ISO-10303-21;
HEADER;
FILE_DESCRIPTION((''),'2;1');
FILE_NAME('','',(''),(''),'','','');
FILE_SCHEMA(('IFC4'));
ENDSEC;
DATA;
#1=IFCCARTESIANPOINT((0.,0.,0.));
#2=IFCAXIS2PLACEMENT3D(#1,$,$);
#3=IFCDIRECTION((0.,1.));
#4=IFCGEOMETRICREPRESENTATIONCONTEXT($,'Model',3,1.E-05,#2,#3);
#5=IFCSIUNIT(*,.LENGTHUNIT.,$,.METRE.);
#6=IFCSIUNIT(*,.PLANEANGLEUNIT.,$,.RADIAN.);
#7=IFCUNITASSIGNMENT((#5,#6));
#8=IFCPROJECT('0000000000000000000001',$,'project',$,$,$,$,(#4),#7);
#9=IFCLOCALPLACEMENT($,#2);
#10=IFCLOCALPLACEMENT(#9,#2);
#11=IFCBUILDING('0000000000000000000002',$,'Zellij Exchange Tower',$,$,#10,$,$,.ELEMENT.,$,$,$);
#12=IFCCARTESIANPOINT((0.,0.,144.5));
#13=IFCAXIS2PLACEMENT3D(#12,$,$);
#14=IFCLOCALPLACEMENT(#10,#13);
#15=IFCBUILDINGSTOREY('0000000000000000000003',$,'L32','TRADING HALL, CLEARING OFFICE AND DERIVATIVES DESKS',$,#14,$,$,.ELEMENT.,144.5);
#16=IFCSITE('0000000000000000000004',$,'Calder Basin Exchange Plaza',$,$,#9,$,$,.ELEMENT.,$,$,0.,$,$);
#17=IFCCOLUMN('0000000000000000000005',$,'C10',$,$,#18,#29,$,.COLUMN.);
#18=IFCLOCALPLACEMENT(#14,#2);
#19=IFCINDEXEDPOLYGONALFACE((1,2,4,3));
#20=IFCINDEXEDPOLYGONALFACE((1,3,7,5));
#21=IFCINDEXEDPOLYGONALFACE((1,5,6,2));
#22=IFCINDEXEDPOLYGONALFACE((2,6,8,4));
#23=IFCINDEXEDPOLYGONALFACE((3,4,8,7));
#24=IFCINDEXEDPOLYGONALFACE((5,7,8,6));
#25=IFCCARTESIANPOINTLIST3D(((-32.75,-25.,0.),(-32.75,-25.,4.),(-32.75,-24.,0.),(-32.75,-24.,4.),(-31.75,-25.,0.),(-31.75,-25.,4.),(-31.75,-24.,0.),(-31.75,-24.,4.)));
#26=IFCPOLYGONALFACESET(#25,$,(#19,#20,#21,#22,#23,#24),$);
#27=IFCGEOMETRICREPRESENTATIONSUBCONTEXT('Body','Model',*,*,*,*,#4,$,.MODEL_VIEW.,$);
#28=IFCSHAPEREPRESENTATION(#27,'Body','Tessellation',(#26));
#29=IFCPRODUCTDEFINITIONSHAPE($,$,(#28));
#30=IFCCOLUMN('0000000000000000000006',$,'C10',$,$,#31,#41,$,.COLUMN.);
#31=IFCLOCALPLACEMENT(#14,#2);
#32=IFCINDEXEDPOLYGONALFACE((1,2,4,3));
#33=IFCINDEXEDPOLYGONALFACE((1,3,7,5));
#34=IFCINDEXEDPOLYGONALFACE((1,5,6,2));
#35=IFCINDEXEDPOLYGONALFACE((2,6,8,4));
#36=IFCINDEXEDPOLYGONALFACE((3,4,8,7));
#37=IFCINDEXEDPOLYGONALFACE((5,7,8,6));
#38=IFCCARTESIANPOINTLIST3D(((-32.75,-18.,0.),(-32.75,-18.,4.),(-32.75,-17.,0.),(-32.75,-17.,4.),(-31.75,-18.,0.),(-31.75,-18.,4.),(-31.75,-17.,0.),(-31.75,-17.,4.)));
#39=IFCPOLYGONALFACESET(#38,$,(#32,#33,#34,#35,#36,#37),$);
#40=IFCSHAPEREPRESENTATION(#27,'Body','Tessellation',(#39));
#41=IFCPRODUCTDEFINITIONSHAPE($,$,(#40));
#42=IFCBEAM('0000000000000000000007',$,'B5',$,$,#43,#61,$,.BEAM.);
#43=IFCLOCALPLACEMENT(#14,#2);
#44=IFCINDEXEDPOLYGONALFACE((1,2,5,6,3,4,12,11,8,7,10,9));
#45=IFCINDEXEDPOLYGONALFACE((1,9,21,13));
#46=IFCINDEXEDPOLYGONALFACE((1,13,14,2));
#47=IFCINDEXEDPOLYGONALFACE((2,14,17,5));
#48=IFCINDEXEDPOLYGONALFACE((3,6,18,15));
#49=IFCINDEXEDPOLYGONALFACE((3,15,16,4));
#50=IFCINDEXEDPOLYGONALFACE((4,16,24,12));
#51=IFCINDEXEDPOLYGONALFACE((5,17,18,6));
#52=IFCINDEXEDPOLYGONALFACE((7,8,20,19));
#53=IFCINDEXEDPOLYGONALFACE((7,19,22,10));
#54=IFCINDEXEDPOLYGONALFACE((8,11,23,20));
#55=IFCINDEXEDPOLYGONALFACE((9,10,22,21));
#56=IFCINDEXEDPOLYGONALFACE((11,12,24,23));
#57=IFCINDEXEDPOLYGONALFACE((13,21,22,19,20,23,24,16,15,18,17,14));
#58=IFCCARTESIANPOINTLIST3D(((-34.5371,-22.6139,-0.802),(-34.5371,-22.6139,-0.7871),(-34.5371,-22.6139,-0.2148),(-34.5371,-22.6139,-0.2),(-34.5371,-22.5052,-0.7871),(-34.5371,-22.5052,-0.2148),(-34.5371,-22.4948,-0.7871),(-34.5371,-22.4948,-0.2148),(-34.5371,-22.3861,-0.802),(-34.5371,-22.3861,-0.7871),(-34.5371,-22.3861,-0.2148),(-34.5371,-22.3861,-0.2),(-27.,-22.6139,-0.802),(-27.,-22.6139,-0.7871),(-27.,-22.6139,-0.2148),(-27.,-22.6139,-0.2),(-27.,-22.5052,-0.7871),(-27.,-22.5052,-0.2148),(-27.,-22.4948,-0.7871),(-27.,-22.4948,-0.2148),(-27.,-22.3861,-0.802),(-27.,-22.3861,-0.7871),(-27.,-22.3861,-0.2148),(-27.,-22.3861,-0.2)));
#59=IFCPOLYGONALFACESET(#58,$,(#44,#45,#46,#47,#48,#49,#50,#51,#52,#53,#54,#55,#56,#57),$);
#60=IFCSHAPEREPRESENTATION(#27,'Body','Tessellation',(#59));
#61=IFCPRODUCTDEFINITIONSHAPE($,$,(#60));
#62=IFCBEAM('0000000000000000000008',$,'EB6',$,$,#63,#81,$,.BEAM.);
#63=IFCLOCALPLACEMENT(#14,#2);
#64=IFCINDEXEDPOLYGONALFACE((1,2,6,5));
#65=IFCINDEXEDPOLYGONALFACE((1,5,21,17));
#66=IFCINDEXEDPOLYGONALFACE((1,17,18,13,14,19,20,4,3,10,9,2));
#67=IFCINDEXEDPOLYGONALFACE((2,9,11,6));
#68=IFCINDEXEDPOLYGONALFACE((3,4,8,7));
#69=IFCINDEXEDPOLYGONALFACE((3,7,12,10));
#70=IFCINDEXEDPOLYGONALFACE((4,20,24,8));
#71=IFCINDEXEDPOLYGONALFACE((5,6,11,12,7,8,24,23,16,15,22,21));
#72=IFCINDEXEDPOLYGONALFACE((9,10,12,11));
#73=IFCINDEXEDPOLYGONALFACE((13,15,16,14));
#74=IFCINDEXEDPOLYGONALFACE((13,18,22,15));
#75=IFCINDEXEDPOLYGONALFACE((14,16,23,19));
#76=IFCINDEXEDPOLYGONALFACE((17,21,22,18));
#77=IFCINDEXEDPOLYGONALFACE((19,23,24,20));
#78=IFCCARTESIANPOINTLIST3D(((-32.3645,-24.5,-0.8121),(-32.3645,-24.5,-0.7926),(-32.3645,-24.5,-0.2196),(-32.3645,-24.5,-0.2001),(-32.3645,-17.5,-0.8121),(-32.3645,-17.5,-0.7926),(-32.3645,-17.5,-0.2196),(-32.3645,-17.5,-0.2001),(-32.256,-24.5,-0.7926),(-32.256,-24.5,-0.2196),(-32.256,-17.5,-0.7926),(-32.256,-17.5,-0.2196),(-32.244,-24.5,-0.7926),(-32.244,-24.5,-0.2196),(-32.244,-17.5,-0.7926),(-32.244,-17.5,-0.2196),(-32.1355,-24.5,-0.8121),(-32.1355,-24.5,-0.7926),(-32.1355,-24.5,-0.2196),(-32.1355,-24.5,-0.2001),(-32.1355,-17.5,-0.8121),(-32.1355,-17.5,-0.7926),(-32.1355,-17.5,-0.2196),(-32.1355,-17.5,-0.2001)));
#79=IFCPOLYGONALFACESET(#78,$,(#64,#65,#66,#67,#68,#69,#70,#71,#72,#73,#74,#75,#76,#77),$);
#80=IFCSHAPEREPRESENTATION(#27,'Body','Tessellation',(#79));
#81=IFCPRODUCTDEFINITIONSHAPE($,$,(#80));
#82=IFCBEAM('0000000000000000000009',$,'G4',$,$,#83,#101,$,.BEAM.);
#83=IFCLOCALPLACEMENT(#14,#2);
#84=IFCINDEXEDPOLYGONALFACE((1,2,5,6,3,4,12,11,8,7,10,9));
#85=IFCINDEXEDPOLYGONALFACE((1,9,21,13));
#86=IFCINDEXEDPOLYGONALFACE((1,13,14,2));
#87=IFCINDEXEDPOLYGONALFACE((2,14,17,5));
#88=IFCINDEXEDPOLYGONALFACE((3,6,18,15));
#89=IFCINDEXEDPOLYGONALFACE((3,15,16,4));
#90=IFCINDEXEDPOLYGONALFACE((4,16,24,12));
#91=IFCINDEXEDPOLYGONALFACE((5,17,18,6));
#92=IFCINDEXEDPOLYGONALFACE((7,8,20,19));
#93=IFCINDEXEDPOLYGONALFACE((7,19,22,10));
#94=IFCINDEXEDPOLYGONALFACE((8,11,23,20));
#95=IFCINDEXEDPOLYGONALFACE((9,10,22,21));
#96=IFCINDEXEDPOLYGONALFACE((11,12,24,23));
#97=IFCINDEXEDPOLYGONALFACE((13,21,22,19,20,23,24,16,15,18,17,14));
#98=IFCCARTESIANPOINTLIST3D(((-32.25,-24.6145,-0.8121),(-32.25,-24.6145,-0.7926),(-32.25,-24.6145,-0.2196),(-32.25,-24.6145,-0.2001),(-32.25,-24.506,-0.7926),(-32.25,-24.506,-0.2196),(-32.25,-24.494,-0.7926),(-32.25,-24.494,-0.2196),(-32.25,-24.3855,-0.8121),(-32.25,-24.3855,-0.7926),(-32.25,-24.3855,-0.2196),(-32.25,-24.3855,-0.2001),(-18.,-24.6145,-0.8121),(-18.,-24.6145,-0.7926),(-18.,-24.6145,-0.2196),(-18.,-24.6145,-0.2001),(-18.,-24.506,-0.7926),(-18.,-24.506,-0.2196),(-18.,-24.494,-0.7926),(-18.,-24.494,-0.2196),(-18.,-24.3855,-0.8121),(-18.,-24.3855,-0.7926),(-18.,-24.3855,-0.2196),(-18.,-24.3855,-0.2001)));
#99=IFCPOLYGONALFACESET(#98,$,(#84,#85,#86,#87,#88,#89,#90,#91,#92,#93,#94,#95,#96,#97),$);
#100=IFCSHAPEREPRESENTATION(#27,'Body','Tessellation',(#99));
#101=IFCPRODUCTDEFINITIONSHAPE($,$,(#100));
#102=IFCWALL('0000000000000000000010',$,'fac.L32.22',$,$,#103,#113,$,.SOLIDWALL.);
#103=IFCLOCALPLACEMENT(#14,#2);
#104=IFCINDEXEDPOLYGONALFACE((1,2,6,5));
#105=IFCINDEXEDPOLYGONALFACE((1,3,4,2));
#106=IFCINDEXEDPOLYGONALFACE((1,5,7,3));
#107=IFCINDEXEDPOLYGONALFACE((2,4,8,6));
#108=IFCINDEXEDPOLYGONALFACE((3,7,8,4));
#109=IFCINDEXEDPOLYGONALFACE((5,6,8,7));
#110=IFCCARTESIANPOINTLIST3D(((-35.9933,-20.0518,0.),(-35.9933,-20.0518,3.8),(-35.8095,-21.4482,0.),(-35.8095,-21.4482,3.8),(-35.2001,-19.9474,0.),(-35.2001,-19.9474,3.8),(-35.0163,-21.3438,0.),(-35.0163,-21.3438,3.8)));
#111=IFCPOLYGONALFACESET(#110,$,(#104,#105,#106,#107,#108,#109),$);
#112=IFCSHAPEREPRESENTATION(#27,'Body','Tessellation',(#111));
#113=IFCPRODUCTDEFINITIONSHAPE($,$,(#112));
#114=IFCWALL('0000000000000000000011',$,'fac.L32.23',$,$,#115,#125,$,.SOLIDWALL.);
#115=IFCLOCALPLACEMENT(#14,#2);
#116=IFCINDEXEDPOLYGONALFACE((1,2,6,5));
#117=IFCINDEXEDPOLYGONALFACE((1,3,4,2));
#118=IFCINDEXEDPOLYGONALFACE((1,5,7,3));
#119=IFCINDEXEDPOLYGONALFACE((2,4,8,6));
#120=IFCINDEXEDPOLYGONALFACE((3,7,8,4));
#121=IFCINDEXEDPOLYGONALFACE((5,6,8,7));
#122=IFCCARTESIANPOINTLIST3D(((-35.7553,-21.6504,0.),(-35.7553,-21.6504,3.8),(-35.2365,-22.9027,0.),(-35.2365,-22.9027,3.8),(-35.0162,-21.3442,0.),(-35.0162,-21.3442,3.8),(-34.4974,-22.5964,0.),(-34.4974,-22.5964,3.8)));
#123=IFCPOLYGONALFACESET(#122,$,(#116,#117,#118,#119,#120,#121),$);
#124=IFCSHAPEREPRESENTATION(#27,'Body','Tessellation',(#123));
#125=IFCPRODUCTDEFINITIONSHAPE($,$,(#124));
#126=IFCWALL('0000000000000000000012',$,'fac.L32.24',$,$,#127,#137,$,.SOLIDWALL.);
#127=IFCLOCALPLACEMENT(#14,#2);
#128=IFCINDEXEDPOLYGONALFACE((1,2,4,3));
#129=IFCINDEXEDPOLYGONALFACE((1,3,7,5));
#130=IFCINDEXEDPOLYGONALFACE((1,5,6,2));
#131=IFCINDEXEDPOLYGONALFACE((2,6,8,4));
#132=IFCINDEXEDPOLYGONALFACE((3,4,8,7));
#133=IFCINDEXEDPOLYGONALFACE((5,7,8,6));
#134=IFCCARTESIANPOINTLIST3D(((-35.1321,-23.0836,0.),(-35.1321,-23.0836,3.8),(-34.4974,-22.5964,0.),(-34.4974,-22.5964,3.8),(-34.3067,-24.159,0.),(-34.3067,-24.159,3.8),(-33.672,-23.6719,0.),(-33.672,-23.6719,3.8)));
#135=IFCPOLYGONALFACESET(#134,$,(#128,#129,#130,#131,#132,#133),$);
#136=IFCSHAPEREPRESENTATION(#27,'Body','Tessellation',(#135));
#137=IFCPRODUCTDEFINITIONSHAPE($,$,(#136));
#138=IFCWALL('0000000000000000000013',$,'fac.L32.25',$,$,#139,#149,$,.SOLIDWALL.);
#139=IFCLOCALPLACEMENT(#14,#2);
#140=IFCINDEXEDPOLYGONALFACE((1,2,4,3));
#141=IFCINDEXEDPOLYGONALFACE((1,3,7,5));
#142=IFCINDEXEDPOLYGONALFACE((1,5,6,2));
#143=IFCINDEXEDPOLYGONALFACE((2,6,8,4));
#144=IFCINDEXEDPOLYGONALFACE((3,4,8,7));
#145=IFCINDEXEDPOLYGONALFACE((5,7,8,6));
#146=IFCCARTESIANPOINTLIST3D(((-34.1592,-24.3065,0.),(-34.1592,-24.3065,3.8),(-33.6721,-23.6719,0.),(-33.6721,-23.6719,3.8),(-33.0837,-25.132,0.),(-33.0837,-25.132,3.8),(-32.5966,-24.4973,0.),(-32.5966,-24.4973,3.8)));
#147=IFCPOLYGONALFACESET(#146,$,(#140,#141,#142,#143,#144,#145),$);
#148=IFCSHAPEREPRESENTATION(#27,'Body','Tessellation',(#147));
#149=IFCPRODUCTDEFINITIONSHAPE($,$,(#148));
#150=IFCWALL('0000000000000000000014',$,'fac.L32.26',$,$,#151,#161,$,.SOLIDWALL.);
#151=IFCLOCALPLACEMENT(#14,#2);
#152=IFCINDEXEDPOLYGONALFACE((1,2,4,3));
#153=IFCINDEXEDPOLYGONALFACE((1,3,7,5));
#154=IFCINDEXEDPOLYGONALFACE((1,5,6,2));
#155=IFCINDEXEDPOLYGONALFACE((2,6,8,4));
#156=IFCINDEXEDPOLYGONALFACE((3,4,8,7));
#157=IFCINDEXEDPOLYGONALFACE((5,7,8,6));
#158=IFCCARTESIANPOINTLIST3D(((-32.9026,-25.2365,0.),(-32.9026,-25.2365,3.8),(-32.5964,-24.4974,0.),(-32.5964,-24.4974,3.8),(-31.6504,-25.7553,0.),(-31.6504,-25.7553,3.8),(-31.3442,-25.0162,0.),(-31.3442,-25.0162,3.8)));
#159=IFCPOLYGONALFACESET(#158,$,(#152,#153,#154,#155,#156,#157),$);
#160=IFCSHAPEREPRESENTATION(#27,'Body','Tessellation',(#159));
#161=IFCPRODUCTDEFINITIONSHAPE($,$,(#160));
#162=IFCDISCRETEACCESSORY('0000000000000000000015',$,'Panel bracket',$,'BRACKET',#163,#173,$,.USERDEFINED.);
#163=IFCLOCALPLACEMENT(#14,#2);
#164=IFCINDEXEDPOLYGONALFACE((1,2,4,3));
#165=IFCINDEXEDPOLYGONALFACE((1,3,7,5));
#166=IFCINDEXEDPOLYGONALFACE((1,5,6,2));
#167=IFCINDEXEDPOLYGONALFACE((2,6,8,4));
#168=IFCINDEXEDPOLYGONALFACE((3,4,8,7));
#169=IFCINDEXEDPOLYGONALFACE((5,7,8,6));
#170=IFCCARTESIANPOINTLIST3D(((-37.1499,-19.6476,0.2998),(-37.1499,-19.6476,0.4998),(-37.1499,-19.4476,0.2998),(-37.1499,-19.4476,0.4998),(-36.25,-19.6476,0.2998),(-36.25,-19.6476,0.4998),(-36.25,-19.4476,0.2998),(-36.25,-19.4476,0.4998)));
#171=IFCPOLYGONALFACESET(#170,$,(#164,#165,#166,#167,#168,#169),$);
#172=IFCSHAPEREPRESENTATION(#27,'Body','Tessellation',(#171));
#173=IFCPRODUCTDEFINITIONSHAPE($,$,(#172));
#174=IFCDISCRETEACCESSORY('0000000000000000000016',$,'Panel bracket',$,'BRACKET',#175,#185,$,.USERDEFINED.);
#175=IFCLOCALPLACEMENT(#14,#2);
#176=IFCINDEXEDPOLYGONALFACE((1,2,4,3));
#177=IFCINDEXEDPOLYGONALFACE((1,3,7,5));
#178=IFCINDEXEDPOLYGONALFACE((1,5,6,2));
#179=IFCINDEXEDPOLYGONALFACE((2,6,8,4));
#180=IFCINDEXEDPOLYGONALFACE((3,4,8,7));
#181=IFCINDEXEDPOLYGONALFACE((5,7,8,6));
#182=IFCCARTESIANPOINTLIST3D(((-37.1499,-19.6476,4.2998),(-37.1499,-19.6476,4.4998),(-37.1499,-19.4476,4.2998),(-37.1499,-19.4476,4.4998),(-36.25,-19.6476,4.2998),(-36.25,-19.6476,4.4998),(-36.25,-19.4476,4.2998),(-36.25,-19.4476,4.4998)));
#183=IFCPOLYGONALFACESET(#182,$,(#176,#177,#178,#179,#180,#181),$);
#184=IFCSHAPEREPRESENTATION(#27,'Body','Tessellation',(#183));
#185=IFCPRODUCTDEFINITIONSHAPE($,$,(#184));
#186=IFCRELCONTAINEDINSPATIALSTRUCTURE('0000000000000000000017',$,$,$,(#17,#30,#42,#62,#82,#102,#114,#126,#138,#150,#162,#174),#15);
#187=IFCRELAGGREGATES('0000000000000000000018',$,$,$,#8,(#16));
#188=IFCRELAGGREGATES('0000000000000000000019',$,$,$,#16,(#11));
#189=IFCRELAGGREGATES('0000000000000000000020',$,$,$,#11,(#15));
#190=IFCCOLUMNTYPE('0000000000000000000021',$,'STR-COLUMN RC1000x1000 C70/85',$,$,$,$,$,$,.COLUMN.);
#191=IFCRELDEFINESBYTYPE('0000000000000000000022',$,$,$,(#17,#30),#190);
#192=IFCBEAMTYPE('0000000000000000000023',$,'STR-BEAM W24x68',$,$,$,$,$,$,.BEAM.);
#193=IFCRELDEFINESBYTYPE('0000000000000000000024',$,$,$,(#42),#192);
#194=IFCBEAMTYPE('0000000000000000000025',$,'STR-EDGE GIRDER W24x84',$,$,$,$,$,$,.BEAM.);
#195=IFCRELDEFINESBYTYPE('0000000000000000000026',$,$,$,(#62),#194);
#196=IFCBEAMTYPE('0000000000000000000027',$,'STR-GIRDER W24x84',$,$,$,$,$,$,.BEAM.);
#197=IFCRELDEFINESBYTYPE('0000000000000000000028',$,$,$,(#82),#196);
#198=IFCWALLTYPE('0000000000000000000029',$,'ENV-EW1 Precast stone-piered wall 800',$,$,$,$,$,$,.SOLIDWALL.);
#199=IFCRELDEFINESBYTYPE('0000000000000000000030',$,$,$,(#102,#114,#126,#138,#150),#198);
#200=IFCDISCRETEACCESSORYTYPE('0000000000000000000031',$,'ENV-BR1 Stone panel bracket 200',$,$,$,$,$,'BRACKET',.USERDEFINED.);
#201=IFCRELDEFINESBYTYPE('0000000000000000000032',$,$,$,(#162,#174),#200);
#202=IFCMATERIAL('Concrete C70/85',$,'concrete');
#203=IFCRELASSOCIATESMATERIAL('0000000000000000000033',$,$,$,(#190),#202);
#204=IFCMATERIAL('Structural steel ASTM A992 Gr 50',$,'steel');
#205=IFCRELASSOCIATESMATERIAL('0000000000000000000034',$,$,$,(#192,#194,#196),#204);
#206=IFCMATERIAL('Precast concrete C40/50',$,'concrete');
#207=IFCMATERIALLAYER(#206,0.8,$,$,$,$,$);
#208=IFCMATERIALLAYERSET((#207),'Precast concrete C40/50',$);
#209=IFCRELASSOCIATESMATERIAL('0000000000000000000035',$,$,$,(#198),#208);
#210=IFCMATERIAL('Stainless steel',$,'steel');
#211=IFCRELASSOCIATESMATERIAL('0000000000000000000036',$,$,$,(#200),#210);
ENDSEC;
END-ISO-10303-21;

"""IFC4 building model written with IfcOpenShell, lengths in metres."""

from ifc_helpers import new_model, si_unit, direction, frame, frame_2d, origin, origin_2d, place, context, subcontext, project, spatial, rectangle, i_section, extrude, material, layer, layer_set, material_profile, profile_set, type_object, element, save


model = new_model("IFC4")

# Units and contexts
model_context = context("Model", 3, precision=1e-05, world=origin(), true_north=direction((0.0, 1.0)))
body_context = subcontext(model_context, "Body", "Model", "MODEL_VIEW")
ifc_project = project(units=[si_unit("LENGTHUNIT", "METRE"), si_unit("PLANEANGLEUNIT", "RADIAN")], contexts=[model_context])

# Site, building, storey
site_placement = place(None, origin())
site = spatial("IfcSite", under=ifc_project, at=site_placement, Name="Calder Basin Exchange Plaza", CompositionType="ELEMENT", RefElevation=0.0)
building_placement = place(site_placement, origin())
building = spatial("IfcBuilding", under=site, at=building_placement, Name="Zellij Exchange Tower", CompositionType="ELEMENT")
storey_placement = place(building_placement, frame((0.0, 0.0, 144.5)))
storey = spatial("IfcBuildingStorey", under=building, at=storey_placement, Name="L32", Description="TRADING HALL, CLEARING OFFICE AND DERIVATIVES DESKS", CompositionType="ELEMENT", Elevation=144.5)

# Columns
ifc_material_1 = material(Name="Concrete C70/85", Category="concrete")
ifc_material_profile_1 = material_profile(ifc_material_1, rectangle(XDim=1.0, YDim=1.0, at=origin_2d()), Name="STR-COLUMN RC1000x1000 C70/85")
ifc_profile_set_1 = profile_set([ifc_material_profile_1], Name="Concrete C70/85")
column_type = type_object("IfcColumnType", Name="STR-COLUMN RC1000x1000 C70/85", PredefinedType="COLUMN", material=ifc_profile_set_1)
for number, where, z_axis, x_axis, name in (
    (1, (-32.25, -24.5, 0.0), (0.0, 0.0, 1.0), (1.0, 0.0, 0.0), "C10"),
    (2, (-32.25, -17.5, 0.0), (0.0, 0.0, 1.0), (1.0, 0.0, 0.0), "C10"),
):
    element("IfcColumn", number, at=place(storey_placement, frame(where, z_axis=z_axis, x_axis=x_axis)), inside=storey, type_object=column_type, Name=name, PredefinedType="COLUMN", context=body_context, shape_type="SweptSolid", body=[
        extrude(rectangle(XDim=1.0, YDim=1.0, at=origin_2d()), origin(), (0.0, 0.0, 1.0), 4.0),
    ])

# Beams
ifc_material_2 = material(Name="Structural steel ASTM A992 Gr 50", Category="steel")
ifc_material_profile_2 = material_profile(ifc_material_2, i_section(OverallWidth=0.2278, OverallDepth=0.6021, WebThickness=0.0105, FlangeThickness=0.0149, at=origin_2d()), Name="W24x68")
ifc_profile_set_2 = profile_set([ifc_material_profile_2], Name="Structural steel ASTM A992 Gr 50")
beam_type_1 = type_object("IfcBeamType", Name="STR-BEAM W24x68", PredefinedType="BEAM", material=ifc_profile_set_2)
beam_1_placement = place(storey_placement, frame((-34.5371, -22.5, -0.501), z_axis=(1.0, 0.0, 0.0), x_axis=(0.0, 1.0, 0.0)))
element("IfcBeam", 3, at=beam_1_placement, inside=storey, type_object=beam_type_1, Name="B5", PredefinedType="BEAM", context=body_context, shape_type="SweptSolid", body=[
    extrude(i_section(OverallWidth=0.2278, OverallDepth=0.6021, WebThickness=0.0105, FlangeThickness=0.0149, at=origin_2d()), origin(), (0.0, 0.0, 1.0), 7.5371),
])
ifc_material_profile_3 = material_profile(ifc_material_2, i_section(OverallWidth=0.229, OverallDepth=0.6121, WebThickness=0.012, FlangeThickness=0.0195, at=origin_2d()), Name="W24x84")
ifc_profile_set_3 = profile_set([ifc_material_profile_3], Name="Structural steel ASTM A992 Gr 50")
beam_type_2 = type_object("IfcBeamType", Name="STR-EDGE GIRDER W24x84", PredefinedType="BEAM", material=ifc_profile_set_3)
beam_2_placement = place(storey_placement, frame((-32.25, -24.5, -0.5061), z_axis=(0.0, 1.0, 0.0), x_axis=(-1.0, 0.0, 0.0)))
element("IfcBeam", 4, at=beam_2_placement, inside=storey, type_object=beam_type_2, Name="EB6", PredefinedType="BEAM", context=body_context, shape_type="SweptSolid", body=[
    extrude(i_section(OverallWidth=0.229, OverallDepth=0.6121, WebThickness=0.012, FlangeThickness=0.0195, at=origin_2d()), origin(), (0.0, 0.0, 1.0), 7.0),
])
ifc_material_profile_4 = material_profile(ifc_material_2, i_section(OverallWidth=0.229, OverallDepth=0.6121, WebThickness=0.012, FlangeThickness=0.0195, at=origin_2d()), Name="W24x84")
ifc_profile_set_4 = profile_set([ifc_material_profile_4], Name="Structural steel ASTM A992 Gr 50")
beam_type_3 = type_object("IfcBeamType", Name="STR-GIRDER W24x84", PredefinedType="BEAM", material=ifc_profile_set_4)
beam_3_placement = place(storey_placement, frame((-32.25, -24.5, -0.5061), z_axis=(1.0, 0.0, 0.0), x_axis=(0.0, 1.0, 0.0)))
element("IfcBeam", 5, at=beam_3_placement, inside=storey, type_object=beam_type_3, Name="G4", PredefinedType="BEAM", context=body_context, shape_type="SweptSolid", body=[
    extrude(i_section(OverallWidth=0.229, OverallDepth=0.6121, WebThickness=0.012, FlangeThickness=0.0195, at=origin_2d()), origin(), (0.0, 0.0, 1.0), 14.25),
])

# Walls
ifc_material_3 = material(Name="Precast concrete C40/50", Category="concrete")
ifc_layer = layer(ifc_material_3, 0.8)
ifc_layer_set = layer_set([ifc_layer], Name="Precast concrete C40/50")
wall_type = type_object("IfcWallType", Name="ENV-EW1 Precast stone-piered wall 800", PredefinedType="SOLIDWALL", material=ifc_layer_set)
wall_1_placement = place(storey_placement, frame((-35.5967, -19.9998, 0.0), z_axis=(0.0, 0.0, 1.0), x_axis=(0.130517, -0.991446, 0.0)))
element("IfcWall", 6, at=wall_1_placement, inside=storey, type_object=wall_type, Name="fac.L32.22", PredefinedType="SOLIDWALL", context=body_context, shape_type="SweptSolid", body=[
    extrude(rectangle(XDim=1.4084, YDim=0.8, at=frame_2d((0.7041, 0.0))), origin(), (0.0, 0.0, 1.0), 3.8),
])
wall_2_placement = place(storey_placement, frame((-35.3857, -21.4973, 0.0), z_axis=(0.0, 0.0, 1.0), x_axis=(0.38276, -0.923848, 0.0)))
element("IfcWall", 7, at=wall_2_placement, inside=storey, type_object=wall_type, Name="fac.L32.23", PredefinedType="SOLIDWALL", context=body_context, shape_type="SweptSolid", body=[
    extrude(rectangle(XDim=1.3555, YDim=0.8, at=frame_2d((0.6777, 0.0))), origin(), (0.0, 0.0, 1.0), 3.8),
])
for number, where, z_axis, x_axis, name in (
    (8, (-34.8147, -22.8401, 0.0), (0.0, 0.0, 1.0), (0.608866, -0.793273, 0.0), "fac.L32.24"),
    (9, (-33.9155, -23.9893, 0.0), (0.0, 0.0, 1.0), (0.793273, -0.608866, 0.0), "fac.L32.25"),
):
    element("IfcWall", number, at=place(storey_placement, frame(where, z_axis=z_axis, x_axis=x_axis)), inside=storey, type_object=wall_type, Name=name, PredefinedType="SOLIDWALL", context=body_context, shape_type="SweptSolid", body=[
        extrude(rectangle(XDim=1.3557, YDim=0.8, at=frame_2d((0.6777, 0.0))), origin(), (0.0, 0.0, 1.0), 3.8),
    ])
wall_3_placement = place(storey_placement, frame((-32.7495, -24.8669, 0.0), z_axis=(0.0, 0.0, 1.0), x_axis=(0.923848, -0.38276, 0.0)))
element("IfcWall", 10, at=wall_3_placement, inside=storey, type_object=wall_type, Name="fac.L32.26", PredefinedType="SOLIDWALL", context=body_context, shape_type="SweptSolid", body=[
    extrude(rectangle(XDim=1.3555, YDim=0.8, at=frame_2d((0.6777, 0.0))), origin(), (0.0, 0.0, 1.0), 3.8),
])

# Discrete accessories
ifc_material_4 = material(Name="Stainless steel", Category="steel")
discrete_accessory_type = type_object("IfcDiscreteAccessoryType", Name="ENV-BR1 Stone panel bracket 200", ElementType="BRACKET", PredefinedType="USERDEFINED", material=ifc_material_4)
for number, where, z_axis, x_axis, name in (
    (11, (-36.7, -19.5476, 0.2998), (0.0, 0.0, 1.0), (0.0, -1.0, 0.0), "Panel bracket"),
    (12, (-36.7, -19.5476, 4.2998), (0.0, 0.0, 1.0), (0.0, -1.0, 0.0), "Panel bracket"),
):
    element("IfcDiscreteAccessory", number, at=place(storey_placement, frame(where, z_axis=z_axis, x_axis=x_axis)), inside=storey, type_object=discrete_accessory_type, Name=name, ObjectType="BRACKET", PredefinedType="USERDEFINED", context=body_context, shape_type="SweptSolid", body=[
        extrude(rectangle(XDim=0.2, YDim=0.8999, at=origin_2d()), origin(), (0.0, 0.0, 1.0), 0.2),
    ])

save(model, "model.ifc")
